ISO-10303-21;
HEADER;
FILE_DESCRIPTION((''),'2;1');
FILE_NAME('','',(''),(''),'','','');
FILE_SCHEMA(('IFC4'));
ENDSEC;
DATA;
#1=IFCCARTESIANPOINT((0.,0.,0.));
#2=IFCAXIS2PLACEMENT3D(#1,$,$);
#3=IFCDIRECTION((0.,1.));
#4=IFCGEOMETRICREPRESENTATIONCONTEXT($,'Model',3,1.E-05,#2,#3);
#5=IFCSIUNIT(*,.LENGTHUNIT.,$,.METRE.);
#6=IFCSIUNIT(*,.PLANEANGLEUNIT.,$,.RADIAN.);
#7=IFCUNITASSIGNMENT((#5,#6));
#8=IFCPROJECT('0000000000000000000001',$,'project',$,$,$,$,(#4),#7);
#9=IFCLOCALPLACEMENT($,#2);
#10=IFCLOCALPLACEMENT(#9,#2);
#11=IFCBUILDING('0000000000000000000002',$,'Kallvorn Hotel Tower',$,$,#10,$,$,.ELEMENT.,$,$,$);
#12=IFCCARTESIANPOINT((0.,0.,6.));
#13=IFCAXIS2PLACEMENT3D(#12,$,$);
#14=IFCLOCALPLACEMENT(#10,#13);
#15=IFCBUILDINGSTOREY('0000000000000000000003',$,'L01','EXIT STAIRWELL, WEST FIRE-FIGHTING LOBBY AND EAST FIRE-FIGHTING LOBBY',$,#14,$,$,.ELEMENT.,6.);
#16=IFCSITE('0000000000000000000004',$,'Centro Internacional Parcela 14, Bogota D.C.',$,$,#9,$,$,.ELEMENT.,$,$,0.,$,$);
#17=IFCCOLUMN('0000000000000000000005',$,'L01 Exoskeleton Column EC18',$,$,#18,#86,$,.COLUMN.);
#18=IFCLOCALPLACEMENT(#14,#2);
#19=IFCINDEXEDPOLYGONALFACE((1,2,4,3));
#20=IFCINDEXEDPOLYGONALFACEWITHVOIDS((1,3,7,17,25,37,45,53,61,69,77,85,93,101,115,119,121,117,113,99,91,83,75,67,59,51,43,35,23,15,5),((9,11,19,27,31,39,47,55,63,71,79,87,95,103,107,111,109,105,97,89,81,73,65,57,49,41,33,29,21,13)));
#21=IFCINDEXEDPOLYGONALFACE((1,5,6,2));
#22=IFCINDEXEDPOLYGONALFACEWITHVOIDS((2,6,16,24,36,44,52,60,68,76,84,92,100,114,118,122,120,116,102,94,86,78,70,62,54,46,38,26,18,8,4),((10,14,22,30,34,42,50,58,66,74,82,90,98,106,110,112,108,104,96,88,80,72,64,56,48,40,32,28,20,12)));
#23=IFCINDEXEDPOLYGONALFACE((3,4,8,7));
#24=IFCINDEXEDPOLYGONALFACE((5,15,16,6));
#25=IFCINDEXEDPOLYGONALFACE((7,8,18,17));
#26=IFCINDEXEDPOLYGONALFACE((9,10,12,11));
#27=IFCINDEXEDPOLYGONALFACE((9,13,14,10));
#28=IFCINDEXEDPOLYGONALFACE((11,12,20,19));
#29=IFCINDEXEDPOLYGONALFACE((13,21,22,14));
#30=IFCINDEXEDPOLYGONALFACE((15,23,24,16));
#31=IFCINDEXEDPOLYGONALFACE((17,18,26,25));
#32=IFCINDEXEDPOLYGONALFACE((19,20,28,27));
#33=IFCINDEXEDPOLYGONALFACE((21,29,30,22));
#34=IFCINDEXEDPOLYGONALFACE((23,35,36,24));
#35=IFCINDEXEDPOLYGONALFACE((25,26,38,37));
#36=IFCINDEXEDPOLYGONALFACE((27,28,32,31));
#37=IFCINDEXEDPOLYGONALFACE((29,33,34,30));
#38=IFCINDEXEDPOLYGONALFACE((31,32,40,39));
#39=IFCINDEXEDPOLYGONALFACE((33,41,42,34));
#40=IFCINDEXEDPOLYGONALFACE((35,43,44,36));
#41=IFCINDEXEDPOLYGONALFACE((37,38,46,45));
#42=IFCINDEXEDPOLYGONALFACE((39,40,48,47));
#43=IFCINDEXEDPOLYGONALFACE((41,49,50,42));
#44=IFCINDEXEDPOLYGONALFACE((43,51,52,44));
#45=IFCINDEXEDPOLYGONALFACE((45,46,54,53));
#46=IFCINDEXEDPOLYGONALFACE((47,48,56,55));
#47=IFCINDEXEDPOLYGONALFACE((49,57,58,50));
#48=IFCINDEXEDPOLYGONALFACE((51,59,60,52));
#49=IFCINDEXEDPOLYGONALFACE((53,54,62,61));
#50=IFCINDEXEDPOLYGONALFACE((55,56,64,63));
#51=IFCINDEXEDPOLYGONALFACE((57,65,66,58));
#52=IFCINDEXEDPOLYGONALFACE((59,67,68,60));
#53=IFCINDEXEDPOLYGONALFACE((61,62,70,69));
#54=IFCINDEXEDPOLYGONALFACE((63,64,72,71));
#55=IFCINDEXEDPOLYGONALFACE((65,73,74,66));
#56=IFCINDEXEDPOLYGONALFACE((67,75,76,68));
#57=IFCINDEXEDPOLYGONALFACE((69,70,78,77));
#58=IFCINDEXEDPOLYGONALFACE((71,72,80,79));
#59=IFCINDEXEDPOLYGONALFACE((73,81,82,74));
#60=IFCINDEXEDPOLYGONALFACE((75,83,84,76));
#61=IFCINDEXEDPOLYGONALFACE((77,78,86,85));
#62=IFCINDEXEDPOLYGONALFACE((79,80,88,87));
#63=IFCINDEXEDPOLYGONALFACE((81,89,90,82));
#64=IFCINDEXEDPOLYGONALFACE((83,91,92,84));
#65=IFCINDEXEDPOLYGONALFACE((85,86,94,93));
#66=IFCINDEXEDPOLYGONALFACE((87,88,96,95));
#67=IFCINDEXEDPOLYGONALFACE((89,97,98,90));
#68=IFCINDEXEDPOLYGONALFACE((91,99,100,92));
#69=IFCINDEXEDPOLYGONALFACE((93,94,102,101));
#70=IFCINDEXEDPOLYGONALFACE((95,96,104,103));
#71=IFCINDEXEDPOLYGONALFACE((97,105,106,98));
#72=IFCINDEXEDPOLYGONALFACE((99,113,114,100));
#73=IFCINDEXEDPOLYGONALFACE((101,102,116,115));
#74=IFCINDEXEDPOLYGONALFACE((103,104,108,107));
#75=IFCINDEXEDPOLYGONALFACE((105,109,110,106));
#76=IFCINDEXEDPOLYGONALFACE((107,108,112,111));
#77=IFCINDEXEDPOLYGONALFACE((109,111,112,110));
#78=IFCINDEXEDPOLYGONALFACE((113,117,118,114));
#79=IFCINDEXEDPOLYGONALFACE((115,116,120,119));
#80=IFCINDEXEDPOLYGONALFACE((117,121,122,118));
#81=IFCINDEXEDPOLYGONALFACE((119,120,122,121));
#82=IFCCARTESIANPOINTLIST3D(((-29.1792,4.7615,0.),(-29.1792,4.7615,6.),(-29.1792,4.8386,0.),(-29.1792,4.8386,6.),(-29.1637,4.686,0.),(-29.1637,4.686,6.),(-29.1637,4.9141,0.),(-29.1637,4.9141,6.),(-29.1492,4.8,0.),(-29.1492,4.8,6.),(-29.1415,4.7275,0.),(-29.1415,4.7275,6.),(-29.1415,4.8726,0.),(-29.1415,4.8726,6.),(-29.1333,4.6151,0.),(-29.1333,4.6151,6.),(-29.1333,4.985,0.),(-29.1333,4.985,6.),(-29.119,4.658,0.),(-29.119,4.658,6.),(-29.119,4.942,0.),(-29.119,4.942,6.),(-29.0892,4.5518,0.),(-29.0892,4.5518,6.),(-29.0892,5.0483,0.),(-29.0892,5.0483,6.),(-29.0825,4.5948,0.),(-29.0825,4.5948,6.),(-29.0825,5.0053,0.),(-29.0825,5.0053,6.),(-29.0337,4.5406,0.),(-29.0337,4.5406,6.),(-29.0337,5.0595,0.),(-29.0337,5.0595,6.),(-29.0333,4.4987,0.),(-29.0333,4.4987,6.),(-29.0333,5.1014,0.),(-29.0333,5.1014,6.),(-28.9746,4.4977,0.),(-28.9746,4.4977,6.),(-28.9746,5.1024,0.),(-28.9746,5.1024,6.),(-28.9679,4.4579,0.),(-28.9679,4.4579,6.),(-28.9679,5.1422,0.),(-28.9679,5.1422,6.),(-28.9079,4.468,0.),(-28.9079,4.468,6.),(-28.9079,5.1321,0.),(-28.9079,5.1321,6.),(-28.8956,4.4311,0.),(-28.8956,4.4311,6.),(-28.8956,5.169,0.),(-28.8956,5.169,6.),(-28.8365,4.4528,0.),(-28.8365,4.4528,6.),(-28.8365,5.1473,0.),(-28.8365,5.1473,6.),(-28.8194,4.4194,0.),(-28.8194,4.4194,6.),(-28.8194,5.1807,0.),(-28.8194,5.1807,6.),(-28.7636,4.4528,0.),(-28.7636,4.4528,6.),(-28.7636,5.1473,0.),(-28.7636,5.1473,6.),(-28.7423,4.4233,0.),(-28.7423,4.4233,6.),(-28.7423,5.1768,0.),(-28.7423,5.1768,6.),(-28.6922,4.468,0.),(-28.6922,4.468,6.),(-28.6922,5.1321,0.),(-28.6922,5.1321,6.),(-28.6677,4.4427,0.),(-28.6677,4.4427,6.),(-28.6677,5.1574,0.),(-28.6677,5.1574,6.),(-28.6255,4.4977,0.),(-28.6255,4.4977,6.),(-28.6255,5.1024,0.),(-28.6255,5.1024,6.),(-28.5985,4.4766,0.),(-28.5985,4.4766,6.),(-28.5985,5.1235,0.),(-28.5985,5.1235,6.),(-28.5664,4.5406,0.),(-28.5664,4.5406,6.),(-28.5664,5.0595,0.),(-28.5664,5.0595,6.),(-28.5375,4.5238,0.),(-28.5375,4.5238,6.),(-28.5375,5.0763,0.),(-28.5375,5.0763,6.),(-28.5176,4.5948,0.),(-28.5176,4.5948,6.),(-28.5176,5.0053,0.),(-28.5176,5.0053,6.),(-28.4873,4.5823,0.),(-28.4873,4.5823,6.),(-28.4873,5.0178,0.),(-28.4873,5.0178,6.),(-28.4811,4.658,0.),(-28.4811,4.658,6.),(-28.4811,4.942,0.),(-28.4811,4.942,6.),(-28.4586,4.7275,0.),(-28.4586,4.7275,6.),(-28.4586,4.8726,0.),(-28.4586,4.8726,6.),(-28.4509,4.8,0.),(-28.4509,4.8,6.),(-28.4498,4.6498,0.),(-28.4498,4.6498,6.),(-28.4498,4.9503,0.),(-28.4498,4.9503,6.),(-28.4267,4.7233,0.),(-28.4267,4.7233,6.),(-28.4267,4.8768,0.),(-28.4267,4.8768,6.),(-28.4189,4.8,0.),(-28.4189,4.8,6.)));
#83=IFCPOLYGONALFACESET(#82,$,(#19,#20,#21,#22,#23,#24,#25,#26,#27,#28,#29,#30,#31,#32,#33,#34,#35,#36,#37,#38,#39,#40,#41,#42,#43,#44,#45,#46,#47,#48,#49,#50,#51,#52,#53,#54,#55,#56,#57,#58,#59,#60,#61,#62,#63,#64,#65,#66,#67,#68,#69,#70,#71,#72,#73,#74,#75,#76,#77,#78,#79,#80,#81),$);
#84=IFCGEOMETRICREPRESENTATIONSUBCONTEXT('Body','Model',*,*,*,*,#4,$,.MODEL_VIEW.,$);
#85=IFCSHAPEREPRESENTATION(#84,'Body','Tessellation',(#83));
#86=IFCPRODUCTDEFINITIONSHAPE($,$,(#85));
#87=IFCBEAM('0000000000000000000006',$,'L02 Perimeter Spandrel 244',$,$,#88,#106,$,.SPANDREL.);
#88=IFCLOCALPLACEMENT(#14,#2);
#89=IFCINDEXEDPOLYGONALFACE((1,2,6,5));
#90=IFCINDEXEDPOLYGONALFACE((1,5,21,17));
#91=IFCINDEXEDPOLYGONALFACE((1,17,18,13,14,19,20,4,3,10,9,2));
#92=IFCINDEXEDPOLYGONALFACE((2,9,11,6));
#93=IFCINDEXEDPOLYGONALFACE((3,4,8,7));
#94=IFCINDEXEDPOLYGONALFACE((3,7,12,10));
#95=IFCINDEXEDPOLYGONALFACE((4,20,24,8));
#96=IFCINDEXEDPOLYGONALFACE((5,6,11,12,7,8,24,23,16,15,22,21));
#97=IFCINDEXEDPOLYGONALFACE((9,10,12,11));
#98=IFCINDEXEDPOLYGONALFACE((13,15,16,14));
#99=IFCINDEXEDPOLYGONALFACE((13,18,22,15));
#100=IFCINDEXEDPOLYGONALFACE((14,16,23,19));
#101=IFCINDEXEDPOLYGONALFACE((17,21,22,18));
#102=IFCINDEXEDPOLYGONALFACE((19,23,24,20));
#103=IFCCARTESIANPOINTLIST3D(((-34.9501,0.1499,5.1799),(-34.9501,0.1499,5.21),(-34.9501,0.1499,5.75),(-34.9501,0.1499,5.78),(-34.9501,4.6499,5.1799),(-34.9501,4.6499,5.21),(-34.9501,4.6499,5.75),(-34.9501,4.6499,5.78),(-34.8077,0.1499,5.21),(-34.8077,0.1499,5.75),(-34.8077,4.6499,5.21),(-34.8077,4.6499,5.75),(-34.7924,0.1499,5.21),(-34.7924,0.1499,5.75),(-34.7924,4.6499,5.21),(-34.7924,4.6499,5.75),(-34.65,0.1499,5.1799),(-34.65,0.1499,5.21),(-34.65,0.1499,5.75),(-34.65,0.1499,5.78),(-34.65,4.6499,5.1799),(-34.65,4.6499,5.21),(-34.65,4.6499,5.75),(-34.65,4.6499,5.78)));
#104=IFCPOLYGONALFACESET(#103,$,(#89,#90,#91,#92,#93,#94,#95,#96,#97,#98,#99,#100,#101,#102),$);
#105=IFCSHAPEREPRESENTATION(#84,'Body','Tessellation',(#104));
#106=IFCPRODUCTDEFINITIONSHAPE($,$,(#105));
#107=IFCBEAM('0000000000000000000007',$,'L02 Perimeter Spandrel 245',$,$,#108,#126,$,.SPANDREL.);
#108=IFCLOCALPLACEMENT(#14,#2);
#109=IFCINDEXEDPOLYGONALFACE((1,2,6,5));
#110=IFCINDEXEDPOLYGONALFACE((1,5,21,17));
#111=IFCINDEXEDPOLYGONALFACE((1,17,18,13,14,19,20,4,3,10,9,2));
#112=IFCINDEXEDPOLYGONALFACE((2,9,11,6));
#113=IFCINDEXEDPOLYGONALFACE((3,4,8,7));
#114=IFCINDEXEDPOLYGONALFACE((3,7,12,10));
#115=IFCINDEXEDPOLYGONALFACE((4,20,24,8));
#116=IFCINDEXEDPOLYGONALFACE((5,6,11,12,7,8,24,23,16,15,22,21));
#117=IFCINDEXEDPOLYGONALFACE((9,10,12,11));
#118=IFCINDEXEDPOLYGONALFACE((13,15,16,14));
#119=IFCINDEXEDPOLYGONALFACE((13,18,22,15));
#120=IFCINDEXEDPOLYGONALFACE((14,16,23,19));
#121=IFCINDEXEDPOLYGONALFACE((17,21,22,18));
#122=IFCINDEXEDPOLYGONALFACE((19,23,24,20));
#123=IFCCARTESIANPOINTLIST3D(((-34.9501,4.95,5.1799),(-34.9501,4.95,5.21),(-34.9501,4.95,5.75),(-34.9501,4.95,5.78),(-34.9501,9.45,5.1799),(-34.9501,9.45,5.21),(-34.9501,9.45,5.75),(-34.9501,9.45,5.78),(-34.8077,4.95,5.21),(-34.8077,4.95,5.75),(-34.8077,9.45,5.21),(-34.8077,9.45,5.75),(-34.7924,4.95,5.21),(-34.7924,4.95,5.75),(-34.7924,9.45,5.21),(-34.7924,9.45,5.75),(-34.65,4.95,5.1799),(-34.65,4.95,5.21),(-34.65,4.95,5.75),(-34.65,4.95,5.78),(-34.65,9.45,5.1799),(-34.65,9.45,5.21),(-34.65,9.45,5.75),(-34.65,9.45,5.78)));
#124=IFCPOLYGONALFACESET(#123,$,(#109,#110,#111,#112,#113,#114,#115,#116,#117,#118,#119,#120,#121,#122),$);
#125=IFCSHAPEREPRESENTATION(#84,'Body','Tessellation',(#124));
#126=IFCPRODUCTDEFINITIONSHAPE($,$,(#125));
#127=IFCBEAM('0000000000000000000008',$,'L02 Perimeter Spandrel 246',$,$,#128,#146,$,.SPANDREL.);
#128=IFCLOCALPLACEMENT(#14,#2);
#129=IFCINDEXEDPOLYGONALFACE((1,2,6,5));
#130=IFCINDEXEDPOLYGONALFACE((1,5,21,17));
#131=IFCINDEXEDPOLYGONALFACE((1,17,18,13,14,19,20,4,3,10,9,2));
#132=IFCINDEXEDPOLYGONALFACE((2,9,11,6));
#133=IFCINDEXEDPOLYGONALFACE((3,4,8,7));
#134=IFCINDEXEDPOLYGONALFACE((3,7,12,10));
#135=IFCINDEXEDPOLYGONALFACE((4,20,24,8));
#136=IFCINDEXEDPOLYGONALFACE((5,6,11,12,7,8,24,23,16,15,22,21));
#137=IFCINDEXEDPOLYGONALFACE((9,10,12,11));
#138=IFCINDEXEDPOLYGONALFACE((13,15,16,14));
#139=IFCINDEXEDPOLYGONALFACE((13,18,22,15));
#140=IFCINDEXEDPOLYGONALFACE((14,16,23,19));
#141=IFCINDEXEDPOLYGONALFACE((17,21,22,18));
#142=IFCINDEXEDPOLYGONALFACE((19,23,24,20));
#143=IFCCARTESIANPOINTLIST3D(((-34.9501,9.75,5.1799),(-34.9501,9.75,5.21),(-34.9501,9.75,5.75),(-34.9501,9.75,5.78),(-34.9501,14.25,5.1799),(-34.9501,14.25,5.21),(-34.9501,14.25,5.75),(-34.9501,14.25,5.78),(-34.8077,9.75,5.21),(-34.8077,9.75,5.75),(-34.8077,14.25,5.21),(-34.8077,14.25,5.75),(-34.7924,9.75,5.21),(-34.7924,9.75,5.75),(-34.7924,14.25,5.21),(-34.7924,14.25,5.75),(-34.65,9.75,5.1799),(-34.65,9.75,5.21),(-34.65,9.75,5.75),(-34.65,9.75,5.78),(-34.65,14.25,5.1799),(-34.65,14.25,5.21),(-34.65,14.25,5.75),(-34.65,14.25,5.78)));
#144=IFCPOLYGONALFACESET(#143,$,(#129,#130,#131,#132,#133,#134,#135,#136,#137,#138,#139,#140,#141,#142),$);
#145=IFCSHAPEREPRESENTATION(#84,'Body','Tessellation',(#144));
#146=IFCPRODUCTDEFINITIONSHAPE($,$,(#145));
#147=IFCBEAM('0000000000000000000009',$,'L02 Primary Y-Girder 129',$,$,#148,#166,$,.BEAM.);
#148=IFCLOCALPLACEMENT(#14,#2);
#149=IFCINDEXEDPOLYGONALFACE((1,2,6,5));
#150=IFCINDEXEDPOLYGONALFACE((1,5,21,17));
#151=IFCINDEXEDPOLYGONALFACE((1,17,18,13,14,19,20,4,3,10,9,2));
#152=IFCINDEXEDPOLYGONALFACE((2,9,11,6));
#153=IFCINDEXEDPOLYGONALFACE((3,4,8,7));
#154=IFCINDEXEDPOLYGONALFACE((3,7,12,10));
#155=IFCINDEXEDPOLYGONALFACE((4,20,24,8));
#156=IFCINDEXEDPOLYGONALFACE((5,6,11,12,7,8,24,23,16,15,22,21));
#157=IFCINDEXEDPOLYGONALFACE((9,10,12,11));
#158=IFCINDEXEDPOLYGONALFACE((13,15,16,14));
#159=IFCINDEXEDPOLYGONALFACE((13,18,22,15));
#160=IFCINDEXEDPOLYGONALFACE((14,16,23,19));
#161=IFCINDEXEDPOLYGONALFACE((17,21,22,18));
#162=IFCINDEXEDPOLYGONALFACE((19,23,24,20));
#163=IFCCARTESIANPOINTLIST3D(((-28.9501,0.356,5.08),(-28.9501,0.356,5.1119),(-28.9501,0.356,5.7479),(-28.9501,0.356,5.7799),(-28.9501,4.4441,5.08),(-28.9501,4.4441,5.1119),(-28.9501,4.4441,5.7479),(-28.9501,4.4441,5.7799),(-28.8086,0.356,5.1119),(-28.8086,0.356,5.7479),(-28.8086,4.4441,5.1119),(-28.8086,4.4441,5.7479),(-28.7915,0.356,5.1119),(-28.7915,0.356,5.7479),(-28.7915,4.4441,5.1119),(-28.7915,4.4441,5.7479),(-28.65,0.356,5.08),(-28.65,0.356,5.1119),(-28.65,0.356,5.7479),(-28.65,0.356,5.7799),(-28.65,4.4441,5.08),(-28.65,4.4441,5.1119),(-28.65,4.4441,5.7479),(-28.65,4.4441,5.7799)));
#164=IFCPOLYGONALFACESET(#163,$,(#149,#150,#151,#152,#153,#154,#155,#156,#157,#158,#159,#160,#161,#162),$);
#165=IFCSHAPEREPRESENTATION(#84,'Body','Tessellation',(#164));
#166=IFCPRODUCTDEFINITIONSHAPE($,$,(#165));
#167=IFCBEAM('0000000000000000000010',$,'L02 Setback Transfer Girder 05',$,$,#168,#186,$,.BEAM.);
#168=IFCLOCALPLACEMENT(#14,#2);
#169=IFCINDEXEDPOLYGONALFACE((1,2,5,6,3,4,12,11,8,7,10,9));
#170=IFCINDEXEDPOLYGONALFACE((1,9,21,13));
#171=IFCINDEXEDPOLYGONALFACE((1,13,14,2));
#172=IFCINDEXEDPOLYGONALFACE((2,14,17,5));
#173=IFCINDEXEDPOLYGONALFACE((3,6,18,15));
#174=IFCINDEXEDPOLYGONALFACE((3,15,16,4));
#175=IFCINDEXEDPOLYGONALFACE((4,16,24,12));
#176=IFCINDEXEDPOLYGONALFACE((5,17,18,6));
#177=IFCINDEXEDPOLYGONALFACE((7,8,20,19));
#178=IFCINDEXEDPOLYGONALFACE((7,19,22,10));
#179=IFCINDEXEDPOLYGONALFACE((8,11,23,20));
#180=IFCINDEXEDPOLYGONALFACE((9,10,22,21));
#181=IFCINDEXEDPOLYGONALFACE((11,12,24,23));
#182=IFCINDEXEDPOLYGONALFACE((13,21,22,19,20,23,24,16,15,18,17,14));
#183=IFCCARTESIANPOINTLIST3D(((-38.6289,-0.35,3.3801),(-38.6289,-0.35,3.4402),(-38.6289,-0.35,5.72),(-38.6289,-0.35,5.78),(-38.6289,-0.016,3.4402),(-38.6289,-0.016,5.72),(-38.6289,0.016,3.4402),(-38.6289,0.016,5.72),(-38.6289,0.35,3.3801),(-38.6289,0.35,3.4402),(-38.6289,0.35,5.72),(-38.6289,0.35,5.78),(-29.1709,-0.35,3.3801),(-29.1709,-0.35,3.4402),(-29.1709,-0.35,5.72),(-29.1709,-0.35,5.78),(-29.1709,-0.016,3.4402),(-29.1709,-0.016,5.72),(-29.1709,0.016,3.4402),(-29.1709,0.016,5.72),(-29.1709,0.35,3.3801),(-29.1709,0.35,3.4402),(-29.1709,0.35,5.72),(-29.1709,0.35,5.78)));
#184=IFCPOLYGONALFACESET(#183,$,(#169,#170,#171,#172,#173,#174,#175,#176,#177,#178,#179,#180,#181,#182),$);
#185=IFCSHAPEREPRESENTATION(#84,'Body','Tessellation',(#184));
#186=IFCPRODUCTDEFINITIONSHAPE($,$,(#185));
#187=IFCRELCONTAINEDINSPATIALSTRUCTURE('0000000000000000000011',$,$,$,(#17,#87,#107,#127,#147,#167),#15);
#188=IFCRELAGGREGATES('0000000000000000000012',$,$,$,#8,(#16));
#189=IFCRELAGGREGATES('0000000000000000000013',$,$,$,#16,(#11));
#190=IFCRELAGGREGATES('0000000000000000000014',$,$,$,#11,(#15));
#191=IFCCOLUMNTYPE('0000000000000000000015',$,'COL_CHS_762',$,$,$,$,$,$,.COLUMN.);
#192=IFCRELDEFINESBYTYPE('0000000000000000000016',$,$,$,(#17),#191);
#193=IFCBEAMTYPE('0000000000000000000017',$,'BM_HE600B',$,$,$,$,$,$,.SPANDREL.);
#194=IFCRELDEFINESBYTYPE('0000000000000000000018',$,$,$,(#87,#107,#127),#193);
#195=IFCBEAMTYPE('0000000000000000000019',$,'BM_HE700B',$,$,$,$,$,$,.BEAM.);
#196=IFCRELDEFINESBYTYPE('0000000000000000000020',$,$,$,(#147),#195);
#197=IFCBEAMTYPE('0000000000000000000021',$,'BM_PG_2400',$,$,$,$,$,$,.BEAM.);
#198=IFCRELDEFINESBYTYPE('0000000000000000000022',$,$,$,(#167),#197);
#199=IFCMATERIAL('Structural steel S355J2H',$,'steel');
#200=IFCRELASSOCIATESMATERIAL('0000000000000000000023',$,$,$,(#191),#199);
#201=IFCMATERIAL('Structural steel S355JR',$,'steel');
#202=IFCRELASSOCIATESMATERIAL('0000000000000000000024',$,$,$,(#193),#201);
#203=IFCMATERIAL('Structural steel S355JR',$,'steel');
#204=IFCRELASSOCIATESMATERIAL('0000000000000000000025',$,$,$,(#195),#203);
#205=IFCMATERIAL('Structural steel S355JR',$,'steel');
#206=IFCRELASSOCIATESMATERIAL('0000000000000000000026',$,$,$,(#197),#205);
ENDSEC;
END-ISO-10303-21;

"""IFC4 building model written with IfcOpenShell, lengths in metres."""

from ifc_helpers import new_model, si_unit, direction, frame, origin, origin_2d, place, context, subcontext, project, spatial, hollow_circle, i_section, extrude, material, material_profile, profile_set, type_object, element, save


model = new_model("IFC4")

# Units and contexts
model_context = context("Model", 3, precision=1e-05, world=origin(), true_north=direction((0.0, 1.0)))
body_context = subcontext(model_context, "Body", "Model", "MODEL_VIEW")
ifc_project = project(units=[si_unit("LENGTHUNIT", "METRE"), si_unit("PLANEANGLEUNIT", "RADIAN")], contexts=[model_context])

# Site, building, storey
site_placement = place(None, origin())
site = spatial("IfcSite", under=ifc_project, at=site_placement, Name="Centro Internacional Parcela 14, Bogota D.C.", CompositionType="ELEMENT", RefElevation=0.0)
building_placement = place(site_placement, origin())
building = spatial("IfcBuilding", under=site, at=building_placement, Name="Kallvorn Hotel Tower", CompositionType="ELEMENT")
storey_placement = place(building_placement, frame((0.0, 0.0, 6.0)))
storey = spatial("IfcBuildingStorey", under=building, at=storey_placement, Name="L01", Description="EXIT STAIRWELL, WEST FIRE-FIGHTING LOBBY AND EAST FIRE-FIGHTING LOBBY", CompositionType="ELEMENT", Elevation=6.0)

# Column
ifc_material_1 = material(Name="Structural steel S355J2H", Category="steel")
ifc_material_profile_1 = material_profile(ifc_material_1, hollow_circle(Radius=0.3811, WallThickness=0.032, at=origin_2d()), Name="CHS 762x32")
ifc_profile_set_1 = profile_set([ifc_material_profile_1], Name="Structural steel S355J2H")
column_type = type_object("IfcColumnType", Name="COL_CHS_762", PredefinedType="COLUMN", material=ifc_profile_set_1)
for number, where, z_axis, x_axis, name in (
    (1, (-28.8, 4.8, 0.0), (0.0, 0.0, 1.0), (1.0, 0.0, 0.0), "L01 Exoskeleton Column EC18"),
):
    element("IfcColumn", number, at=place(storey_placement, frame(where, z_axis=z_axis, x_axis=x_axis)), inside=storey, type_object=column_type, Name=name, PredefinedType="COLUMN", context=body_context, shape_type="SweptSolid", body=[
        extrude(hollow_circle(Radius=0.3811, WallThickness=0.032, at=origin_2d()), origin(), (0.0, 0.0, 1.0), 6.0),
    ])

# Beams
ifc_material_2 = material(Name="Structural steel S355JR", Category="steel")
ifc_material_profile_2 = material_profile(ifc_material_2, i_section(OverallWidth=0.3, OverallDepth=0.6001, WebThickness=0.0154, FlangeThickness=0.03, at=origin_2d()), Name="HE 600 B")
ifc_profile_set_2 = profile_set([ifc_material_profile_2], Name="Structural steel S355JR")
beam_type_1 = type_object("IfcBeamType", Name="BM_HE600B", PredefinedType="SPANDREL", material=ifc_profile_set_2)
for number, where, z_axis, x_axis, name in (
    (2, (-34.8, 0.1499, 5.48), (0.0, 1.0, 0.0), (-1.0, 0.0, 0.0), "L02 Perimeter Spandrel 244"),
    (3, (-34.8, 4.95, 5.48), (0.0, 1.0, 0.0), (-1.0, 0.0, 0.0), "L02 Perimeter Spandrel 245"),
    (4, (-34.8, 9.75, 5.48), (0.0, 1.0, 0.0), (-1.0, 0.0, 0.0), "L02 Perimeter Spandrel 246"),
):
    element("IfcBeam", number, at=place(storey_placement, frame(where, z_axis=z_axis, x_axis=x_axis)), inside=storey, type_object=beam_type_1, Name=name, PredefinedType="SPANDREL", context=body_context, shape_type="SweptSolid", body=[
        extrude(i_section(OverallWidth=0.3, OverallDepth=0.6001, WebThickness=0.0154, FlangeThickness=0.03, at=origin_2d()), origin(), (0.0, 0.0, 1.0), 4.5),
    ])
ifc_material_3 = material(Name="Structural steel S355JR", Category="steel")
ifc_material_profile_3 = material_profile(ifc_material_3, i_section(OverallWidth=0.3, OverallDepth=0.7, WebThickness=0.0171, FlangeThickness=0.032, at=origin_2d()), Name="HE 700 B")
ifc_profile_set_3 = profile_set([ifc_material_profile_3], Name="Structural steel S355JR")
beam_type_2 = type_object("IfcBeamType", Name="BM_HE700B", PredefinedType="BEAM", material=ifc_profile_set_3)
beam_placement = place(storey_placement, frame((-28.8, 0.356, 5.4299), z_axis=(0.0, 1.0, 0.0), x_axis=(-1.0, 0.0, 0.0)))
element("IfcBeam", 5, at=beam_placement, inside=storey, type_object=beam_type_2, Name="L02 Primary Y-Girder 129", PredefinedType="BEAM", context=body_context, shape_type="SweptSolid", body=[
    extrude(i_section(OverallWidth=0.3, OverallDepth=0.7, WebThickness=0.0171, FlangeThickness=0.032, at=origin_2d()), origin(), (0.0, 0.0, 1.0), 4.0881),
])
ifc_material_4 = material(Name="Structural steel S355JR", Category="steel")
ifc_material_profile_4 = material_profile(ifc_material_4, i_section(OverallWidth=0.7, OverallDepth=2.3999, WebThickness=0.032, FlangeThickness=0.0601, at=origin_2d()), Name="PG 2400x700x32x60")
ifc_profile_set_4 = profile_set([ifc_material_profile_4], Name="Structural steel S355JR")
beam_type_3 = type_object("IfcBeamType", Name="BM_PG_2400", PredefinedType="BEAM", material=ifc_profile_set_4)
for number, where, z_axis, x_axis, name in (
    (6, (-38.6289, 0.0, 4.5801), (1.0, 0.0, 0.0), (0.0, 1.0, 0.0), "L02 Setback Transfer Girder 05"),
):
    element("IfcBeam", number, at=place(storey_placement, frame(where, z_axis=z_axis, x_axis=x_axis)), inside=storey, type_object=beam_type_3, Name=name, PredefinedType="BEAM", context=body_context, shape_type="SweptSolid", body=[
        extrude(i_section(OverallWidth=0.7, OverallDepth=2.3999, WebThickness=0.032, FlangeThickness=0.0601, at=origin_2d()), origin(), (0.0, 0.0, 1.0), 9.458),
    ])

save(model, "model.ifc")
